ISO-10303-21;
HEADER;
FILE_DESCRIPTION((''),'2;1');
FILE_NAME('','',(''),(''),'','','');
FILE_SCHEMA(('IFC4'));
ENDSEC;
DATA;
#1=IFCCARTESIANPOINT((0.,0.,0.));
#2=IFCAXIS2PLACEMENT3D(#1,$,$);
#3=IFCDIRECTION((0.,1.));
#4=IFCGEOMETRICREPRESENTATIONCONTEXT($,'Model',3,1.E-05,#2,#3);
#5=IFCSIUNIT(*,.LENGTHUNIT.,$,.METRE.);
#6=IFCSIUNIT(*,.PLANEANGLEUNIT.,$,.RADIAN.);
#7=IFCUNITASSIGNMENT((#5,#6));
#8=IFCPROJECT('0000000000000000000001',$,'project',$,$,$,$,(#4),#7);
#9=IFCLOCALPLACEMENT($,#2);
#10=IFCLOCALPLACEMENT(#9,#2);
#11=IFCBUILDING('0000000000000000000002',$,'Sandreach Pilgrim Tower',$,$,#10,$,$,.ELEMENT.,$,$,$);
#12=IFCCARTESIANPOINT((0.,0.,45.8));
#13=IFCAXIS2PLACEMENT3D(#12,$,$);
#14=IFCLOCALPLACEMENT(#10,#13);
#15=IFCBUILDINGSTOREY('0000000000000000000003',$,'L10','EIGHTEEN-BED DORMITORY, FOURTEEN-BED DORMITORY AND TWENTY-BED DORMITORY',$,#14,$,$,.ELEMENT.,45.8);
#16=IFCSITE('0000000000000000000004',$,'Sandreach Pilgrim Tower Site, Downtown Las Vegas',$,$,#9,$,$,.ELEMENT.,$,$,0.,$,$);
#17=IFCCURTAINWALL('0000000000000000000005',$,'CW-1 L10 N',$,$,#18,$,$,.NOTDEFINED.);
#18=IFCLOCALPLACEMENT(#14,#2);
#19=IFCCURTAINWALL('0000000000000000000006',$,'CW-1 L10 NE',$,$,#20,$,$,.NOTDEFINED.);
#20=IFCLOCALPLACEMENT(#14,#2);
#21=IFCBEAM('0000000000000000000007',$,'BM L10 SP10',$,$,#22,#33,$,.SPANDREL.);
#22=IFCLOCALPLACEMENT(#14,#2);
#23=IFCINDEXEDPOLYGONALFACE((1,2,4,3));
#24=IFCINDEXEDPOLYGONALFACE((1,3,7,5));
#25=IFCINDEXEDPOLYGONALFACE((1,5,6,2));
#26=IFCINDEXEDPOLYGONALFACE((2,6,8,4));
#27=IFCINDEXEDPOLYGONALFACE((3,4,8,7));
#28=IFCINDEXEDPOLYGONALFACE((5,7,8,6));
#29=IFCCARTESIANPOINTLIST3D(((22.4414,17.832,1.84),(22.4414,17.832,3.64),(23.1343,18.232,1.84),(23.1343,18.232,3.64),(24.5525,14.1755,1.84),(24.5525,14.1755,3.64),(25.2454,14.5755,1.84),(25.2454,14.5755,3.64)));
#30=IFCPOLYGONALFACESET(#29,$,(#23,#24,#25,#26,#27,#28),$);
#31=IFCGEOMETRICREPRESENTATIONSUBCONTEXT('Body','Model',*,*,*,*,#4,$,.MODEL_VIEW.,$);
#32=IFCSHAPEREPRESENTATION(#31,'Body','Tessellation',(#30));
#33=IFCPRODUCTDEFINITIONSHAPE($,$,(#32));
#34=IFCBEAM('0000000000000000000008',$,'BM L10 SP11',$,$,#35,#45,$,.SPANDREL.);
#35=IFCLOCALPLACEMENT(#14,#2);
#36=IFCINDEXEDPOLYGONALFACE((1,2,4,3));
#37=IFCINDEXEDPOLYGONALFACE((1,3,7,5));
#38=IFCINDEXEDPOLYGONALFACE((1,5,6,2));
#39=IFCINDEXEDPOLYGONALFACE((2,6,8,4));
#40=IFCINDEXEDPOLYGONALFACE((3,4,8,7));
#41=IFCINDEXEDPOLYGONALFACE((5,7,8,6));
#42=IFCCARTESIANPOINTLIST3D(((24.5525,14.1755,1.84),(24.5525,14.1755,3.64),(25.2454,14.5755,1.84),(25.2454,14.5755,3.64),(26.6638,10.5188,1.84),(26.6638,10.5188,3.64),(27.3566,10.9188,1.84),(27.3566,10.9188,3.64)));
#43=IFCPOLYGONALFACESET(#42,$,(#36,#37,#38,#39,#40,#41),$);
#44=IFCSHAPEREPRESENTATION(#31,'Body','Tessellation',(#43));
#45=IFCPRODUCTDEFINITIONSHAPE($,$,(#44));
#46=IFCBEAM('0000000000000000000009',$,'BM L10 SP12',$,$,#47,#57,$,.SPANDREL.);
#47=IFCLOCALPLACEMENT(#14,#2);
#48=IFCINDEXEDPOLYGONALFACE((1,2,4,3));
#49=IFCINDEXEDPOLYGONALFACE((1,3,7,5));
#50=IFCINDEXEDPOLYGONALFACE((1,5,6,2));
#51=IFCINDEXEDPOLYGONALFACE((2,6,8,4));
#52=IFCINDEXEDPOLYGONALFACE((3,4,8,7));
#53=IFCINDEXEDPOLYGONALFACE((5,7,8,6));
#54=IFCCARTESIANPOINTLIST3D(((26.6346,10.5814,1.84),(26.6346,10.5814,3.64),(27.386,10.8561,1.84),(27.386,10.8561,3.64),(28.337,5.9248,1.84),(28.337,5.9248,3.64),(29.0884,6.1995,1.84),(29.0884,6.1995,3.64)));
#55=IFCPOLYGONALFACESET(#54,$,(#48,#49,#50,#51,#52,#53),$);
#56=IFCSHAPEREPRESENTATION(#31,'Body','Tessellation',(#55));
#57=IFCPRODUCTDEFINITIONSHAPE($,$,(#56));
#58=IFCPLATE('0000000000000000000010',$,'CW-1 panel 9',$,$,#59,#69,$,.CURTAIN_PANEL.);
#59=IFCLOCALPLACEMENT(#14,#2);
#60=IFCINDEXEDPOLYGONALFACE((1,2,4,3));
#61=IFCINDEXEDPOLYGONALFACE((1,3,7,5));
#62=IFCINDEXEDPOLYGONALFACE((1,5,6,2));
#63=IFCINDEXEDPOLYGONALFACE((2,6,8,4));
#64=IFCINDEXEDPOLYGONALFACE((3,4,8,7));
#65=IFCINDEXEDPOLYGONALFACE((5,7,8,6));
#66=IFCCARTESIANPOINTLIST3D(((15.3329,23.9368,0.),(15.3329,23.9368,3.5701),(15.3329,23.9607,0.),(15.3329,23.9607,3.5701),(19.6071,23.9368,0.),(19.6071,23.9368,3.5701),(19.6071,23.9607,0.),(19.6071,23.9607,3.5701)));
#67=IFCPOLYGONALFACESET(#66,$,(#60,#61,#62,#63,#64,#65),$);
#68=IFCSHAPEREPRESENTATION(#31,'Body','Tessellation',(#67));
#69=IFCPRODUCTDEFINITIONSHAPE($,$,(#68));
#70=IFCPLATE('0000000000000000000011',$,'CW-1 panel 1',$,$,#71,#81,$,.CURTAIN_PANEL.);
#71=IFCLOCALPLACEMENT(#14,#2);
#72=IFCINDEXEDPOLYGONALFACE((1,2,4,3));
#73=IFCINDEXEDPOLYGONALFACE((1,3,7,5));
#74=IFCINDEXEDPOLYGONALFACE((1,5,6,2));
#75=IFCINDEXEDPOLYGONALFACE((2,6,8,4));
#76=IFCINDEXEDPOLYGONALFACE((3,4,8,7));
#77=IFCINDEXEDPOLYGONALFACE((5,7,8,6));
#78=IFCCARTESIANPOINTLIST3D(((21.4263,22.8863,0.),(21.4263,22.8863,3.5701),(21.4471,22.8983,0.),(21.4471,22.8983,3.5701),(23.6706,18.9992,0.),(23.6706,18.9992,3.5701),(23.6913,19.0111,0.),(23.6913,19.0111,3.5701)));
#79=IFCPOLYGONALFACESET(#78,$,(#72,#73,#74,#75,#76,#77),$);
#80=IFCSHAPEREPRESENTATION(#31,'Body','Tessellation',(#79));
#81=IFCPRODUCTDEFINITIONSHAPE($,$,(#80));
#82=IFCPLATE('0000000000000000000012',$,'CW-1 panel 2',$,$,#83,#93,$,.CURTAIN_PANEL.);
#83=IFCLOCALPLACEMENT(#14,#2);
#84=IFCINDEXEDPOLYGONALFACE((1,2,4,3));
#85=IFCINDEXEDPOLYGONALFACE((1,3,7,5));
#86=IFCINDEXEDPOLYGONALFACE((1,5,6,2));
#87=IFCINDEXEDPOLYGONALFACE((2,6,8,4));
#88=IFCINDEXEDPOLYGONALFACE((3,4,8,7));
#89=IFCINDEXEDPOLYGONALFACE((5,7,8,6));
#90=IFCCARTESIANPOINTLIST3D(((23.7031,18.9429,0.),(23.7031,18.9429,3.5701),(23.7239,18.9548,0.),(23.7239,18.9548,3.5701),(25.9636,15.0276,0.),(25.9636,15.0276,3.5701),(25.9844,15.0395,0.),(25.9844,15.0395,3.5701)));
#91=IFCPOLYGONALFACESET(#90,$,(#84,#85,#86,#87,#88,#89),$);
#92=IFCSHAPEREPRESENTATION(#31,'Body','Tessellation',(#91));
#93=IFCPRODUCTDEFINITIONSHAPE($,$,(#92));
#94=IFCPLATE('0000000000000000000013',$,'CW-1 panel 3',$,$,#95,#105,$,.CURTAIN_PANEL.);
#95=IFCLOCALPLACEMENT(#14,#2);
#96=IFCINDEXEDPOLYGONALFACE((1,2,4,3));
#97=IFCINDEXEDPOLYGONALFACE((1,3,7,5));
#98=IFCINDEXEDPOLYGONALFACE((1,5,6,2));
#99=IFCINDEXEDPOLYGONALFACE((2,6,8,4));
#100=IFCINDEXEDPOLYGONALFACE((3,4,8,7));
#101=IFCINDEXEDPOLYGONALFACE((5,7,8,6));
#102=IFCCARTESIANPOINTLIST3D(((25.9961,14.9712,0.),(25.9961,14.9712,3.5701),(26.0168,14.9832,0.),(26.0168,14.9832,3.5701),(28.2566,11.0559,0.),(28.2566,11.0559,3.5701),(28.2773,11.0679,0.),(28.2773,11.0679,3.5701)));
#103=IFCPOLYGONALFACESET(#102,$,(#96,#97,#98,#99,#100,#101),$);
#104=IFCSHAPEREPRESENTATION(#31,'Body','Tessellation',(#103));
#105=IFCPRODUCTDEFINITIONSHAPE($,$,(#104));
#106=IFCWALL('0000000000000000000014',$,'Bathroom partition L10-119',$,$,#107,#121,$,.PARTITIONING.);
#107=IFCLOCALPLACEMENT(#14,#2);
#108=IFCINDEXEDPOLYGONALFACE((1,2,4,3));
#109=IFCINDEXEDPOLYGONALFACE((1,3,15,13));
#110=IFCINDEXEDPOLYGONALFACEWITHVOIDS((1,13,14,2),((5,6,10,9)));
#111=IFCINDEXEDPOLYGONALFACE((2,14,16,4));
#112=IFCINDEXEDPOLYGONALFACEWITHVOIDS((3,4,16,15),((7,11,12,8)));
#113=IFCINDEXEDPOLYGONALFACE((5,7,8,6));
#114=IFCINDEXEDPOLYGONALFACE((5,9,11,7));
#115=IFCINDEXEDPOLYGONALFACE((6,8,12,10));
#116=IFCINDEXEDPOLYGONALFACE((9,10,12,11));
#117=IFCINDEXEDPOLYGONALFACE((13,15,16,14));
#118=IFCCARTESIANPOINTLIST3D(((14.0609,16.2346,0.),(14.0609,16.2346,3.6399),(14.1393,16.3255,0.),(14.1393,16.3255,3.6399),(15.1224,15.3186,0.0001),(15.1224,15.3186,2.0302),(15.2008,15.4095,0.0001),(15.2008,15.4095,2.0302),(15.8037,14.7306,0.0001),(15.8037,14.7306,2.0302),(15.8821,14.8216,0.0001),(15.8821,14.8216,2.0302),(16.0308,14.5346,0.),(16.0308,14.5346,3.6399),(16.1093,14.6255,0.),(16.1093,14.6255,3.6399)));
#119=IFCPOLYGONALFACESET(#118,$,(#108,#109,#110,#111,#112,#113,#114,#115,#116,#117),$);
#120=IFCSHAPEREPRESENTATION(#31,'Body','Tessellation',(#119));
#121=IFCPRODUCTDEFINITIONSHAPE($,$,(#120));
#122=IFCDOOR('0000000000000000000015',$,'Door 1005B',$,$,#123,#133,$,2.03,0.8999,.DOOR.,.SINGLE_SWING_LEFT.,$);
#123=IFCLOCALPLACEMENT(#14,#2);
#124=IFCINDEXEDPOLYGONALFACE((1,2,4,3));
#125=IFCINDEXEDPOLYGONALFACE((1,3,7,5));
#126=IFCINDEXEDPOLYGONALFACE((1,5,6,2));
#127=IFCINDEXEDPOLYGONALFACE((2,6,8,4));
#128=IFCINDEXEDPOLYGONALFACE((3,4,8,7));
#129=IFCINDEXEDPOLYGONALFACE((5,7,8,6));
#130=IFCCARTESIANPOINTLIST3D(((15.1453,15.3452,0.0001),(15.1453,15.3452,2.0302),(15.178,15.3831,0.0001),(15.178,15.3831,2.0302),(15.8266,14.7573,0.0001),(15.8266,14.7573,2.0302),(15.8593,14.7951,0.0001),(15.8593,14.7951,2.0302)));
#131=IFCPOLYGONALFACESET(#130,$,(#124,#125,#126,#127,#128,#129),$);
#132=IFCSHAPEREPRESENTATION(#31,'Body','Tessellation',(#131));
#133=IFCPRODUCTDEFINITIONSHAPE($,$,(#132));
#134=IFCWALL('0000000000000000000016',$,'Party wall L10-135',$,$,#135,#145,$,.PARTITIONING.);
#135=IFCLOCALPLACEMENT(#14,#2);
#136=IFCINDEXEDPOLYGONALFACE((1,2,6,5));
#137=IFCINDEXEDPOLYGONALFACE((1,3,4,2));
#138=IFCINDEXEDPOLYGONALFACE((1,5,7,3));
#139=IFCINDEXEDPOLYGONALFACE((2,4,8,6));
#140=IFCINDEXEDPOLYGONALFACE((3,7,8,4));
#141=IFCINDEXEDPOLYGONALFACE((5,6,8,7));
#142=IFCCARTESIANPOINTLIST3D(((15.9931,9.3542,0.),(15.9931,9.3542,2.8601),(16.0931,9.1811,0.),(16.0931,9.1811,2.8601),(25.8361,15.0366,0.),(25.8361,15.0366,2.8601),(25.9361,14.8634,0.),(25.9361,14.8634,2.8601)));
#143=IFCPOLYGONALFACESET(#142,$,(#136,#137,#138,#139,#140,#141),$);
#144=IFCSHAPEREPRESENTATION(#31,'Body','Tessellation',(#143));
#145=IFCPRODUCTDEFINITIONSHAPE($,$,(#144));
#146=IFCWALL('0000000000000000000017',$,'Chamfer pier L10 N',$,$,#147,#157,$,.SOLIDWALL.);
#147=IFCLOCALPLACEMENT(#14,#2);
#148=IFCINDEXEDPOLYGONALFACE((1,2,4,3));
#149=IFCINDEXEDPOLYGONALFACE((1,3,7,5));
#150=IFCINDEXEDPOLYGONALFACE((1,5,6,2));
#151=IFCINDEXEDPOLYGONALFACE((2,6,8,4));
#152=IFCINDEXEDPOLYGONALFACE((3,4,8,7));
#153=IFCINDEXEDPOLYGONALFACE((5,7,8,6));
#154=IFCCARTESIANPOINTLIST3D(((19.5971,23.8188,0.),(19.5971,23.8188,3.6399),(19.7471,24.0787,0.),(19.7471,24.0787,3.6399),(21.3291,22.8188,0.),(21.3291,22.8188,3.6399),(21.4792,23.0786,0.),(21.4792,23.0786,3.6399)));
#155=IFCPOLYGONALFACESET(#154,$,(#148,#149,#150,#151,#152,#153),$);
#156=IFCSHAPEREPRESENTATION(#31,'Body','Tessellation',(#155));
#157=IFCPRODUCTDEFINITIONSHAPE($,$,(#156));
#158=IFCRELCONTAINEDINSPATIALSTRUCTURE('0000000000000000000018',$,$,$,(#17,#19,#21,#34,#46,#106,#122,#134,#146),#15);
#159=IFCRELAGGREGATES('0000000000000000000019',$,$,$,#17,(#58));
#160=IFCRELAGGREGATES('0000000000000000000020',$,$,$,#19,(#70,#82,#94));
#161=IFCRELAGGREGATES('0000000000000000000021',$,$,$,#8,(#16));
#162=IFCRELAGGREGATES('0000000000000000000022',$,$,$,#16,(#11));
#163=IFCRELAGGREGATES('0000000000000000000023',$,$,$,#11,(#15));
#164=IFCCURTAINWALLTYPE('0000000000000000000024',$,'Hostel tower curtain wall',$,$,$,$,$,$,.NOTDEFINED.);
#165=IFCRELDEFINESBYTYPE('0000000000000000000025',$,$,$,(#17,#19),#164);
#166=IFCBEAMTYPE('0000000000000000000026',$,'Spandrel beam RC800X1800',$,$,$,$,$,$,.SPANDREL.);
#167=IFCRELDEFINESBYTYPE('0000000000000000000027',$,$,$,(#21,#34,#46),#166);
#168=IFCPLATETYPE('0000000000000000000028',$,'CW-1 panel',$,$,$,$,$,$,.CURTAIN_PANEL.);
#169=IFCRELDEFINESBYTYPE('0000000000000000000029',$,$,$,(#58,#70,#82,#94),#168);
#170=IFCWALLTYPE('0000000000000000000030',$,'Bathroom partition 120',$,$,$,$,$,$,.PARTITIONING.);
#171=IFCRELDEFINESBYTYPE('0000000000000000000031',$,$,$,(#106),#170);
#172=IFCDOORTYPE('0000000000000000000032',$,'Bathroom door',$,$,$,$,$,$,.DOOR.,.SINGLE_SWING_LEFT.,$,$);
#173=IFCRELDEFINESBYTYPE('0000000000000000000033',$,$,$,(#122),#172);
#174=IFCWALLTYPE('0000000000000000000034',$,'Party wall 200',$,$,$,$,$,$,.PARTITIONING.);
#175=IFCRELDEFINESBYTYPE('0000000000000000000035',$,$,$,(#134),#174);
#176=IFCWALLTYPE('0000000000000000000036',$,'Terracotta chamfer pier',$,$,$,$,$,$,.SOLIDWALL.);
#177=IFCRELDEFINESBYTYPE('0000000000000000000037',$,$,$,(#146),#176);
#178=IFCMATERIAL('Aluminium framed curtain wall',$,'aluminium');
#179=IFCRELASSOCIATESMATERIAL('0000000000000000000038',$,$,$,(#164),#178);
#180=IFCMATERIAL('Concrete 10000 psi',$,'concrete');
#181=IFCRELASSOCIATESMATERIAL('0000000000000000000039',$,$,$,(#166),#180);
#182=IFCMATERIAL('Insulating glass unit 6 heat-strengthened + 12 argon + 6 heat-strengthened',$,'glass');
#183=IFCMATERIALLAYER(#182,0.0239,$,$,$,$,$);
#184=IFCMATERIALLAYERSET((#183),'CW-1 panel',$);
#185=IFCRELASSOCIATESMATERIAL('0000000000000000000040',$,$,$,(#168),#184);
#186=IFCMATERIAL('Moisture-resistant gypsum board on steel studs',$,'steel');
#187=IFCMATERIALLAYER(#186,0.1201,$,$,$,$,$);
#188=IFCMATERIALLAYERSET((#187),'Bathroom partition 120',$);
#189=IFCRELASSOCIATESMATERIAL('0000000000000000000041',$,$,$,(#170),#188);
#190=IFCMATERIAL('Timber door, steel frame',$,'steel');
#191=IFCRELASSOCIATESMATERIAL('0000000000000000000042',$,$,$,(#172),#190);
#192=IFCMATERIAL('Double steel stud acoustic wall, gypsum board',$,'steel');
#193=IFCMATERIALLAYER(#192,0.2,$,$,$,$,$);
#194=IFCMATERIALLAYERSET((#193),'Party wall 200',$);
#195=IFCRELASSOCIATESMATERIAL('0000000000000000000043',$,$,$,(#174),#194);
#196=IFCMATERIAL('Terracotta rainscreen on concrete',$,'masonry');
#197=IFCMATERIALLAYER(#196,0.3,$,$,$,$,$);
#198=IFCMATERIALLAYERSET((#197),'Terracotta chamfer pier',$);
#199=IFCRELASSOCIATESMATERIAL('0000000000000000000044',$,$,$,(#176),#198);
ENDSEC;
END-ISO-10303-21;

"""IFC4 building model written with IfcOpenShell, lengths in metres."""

from ifc_helpers import new_model, si_unit, direction, frame, frame_2d, origin, origin_2d, place, context, subcontext, project, spatial, rectangle, extrude, material, layer, layer_set, material_profile, profile_set, type_object, element, fill, aggregate, save


model = new_model("IFC4")

# Units and contexts
model_context = context("Model", 3, precision=1e-05, world=origin(), true_north=direction((0.0, 1.0)))
body_context = subcontext(model_context, "Body", "Model", "MODEL_VIEW")
ifc_project = project(units=[si_unit("LENGTHUNIT", "METRE"), si_unit("PLANEANGLEUNIT", "RADIAN")], contexts=[model_context])

# Site, building, storey
site_placement = place(None, origin())
site = spatial("IfcSite", under=ifc_project, at=site_placement, Name="Sandreach Pilgrim Tower Site, Downtown Las Vegas", CompositionType="ELEMENT", RefElevation=0.0)
building_placement = place(site_placement, origin())
building = spatial("IfcBuilding", under=site, at=building_placement, Name="Sandreach Pilgrim Tower", CompositionType="ELEMENT")
storey_placement = place(building_placement, frame((0.0, 0.0, 45.8)))
storey = spatial("IfcBuildingStorey", under=building, at=storey_placement, Name="L10", Description="EIGHTEEN-BED DORMITORY, FOURTEEN-BED DORMITORY AND TWENTY-BED DORMITORY", CompositionType="ELEMENT", Elevation=45.8)

# Curtain wall
ifc_material_1 = material(Name="Aluminium framed curtain wall", Category="aluminium")
curtain_wall_type = type_object("IfcCurtainWallType", Name="Hostel tower curtain wall", PredefinedType="NOTDEFINED", material=ifc_material_1)
curtain_wall_1_placement = place(storey_placement, origin())
curtain_wall_1 = element("IfcCurtainWall", 1, at=curtain_wall_1_placement, inside=storey, type_object=curtain_wall_type, Name="CW-1 L10 N", PredefinedType="NOTDEFINED")

# Curtain wall
curtain_wall_2_placement = place(storey_placement, origin())
curtain_wall_2 = element("IfcCurtainWall", 2, at=curtain_wall_2_placement, inside=storey, type_object=curtain_wall_type, Name="CW-1 L10 NE", PredefinedType="NOTDEFINED")

# Beams
ifc_material_2 = material(Name="Concrete 10000 psi", Category="concrete")
ifc_material_profile_1 = material_profile(ifc_material_2, rectangle(XDim=0.8, YDim=1.8, at=origin_2d()), Name="RC800X1800")
ifc_profile_set_1 = profile_set([ifc_material_profile_1], Name="Concrete 10000 psi")
beam_type_1 = type_object("IfcBeamType", Name="Spandrel beam RC800X1800", PredefinedType="SPANDREL", material=ifc_profile_set_1)
beam_1_placement = place(storey_placement, frame((22.7878, 18.032, 2.74), z_axis=(0.500001, -0.866025, 0.0), x_axis=(0.866025, 0.500001, 0.0)))
element("IfcBeam", 3, at=beam_1_placement, inside=storey, type_object=beam_type_1, Name="BM L10 SP10", PredefinedType="SPANDREL", context=body_context, shape_type="SweptSolid", body=[
    extrude(rectangle(XDim=0.8, YDim=1.8, at=origin_2d()), origin(), (0.0, 0.0, 1.0), 4.2222),
])
beam_2_placement = place(storey_placement, frame((24.8989, 14.3755, 2.74), z_axis=(0.500019, -0.866014, 0.0), x_axis=(0.866014, 0.500019, 0.0)))
element("IfcBeam", 4, at=beam_2_placement, inside=storey, type_object=beam_type_1, Name="BM L10 SP11", PredefinedType="SPANDREL", context=body_context, shape_type="SweptSolid", body=[
    extrude(rectangle(XDim=0.8, YDim=1.8, at=origin_2d()), origin(), (0.0, 0.0, 1.0), 4.2224),
])
beam_3_placement = place(storey_placement, frame((27.0103, 10.7188, 2.74), z_axis=(0.343368, -0.939201, 0.0), x_axis=(0.939201, 0.343368, 0.0)))
element("IfcBeam", 5, at=beam_3_placement, inside=storey, type_object=beam_type_1, Name="BM L10 SP12", PredefinedType="SPANDREL", context=body_context, shape_type="SweptSolid", body=[
    extrude(rectangle(XDim=0.8, YDim=1.8, at=origin_2d()), origin(), (0.0, 0.0, 1.0), 4.958),
])

# Plates
ifc_material_3 = material(Name="Insulating glass unit 6 heat-strengthened + 12 argon + 6 heat-strengthened", Category="glass")
ifc_layer_1 = layer(ifc_material_3, 0.0239)
ifc_layer_set_1 = layer_set([ifc_layer_1], Name="CW-1 panel")
plate_type = type_object("IfcPlateType", Name="CW-1 panel", PredefinedType="CURTAIN_PANEL", material=ifc_layer_set_1)
plate_1_placement = place(storey_placement, frame((17.47, 23.9487, 0.0), z_axis=(0.0, 0.0, 1.0), x_axis=(1.0, 0.0, 0.0)))
plate_1 = element("IfcPlate", 6, at=plate_1_placement, type_object=plate_type, Name="CW-1 panel 9", PredefinedType="CURTAIN_PANEL", context=body_context, shape_type="SweptSolid", body=[
    extrude(rectangle(XDim=4.2742, YDim=0.0239, at=origin_2d()), origin(), (0.0, 0.0, 1.0), 3.5701),
])
aggregate(curtain_wall_1, [plate_1])
plate_2_placement = place(storey_placement, frame((22.5588, 20.9487, 0.0), z_axis=(0.0, 0.0, 1.0), x_axis=(0.5, -0.866025, 0.0)))
plate_2 = element("IfcPlate", 7, at=plate_2_placement, type_object=plate_type, Name="CW-1 panel 1", PredefinedType="CURTAIN_PANEL", context=body_context, shape_type="SweptSolid", body=[
    extrude(rectangle(XDim=4.4885, YDim=0.0239, at=origin_2d()), origin(), (0.0, 0.0, 1.0), 3.5701),
])
plate_3_placement = place(storey_placement, frame((24.8438, 16.9912, 0.0), z_axis=(0.0, 0.0, 1.0), x_axis=(0.5, -0.866025, 0.0)))
plate_3 = element("IfcPlate", 8, at=plate_3_placement, type_object=plate_type, Name="CW-1 panel 2", PredefinedType="CURTAIN_PANEL", context=body_context, shape_type="SweptSolid", body=[
    extrude(rectangle(XDim=4.521, YDim=0.0239, at=origin_2d()), origin(), (0.0, 0.0, 1.0), 3.5701),
])
plate_4_placement = place(storey_placement, frame((27.1367, 13.0195, 0.0), z_axis=(0.0, 0.0, 1.0), x_axis=(0.5, -0.866025, 0.0)))
plate_4 = element("IfcPlate", 9, at=plate_4_placement, type_object=plate_type, Name="CW-1 panel 3", PredefinedType="CURTAIN_PANEL", context=body_context, shape_type="SweptSolid", body=[
    extrude(rectangle(XDim=4.521, YDim=0.0239, at=origin_2d()), origin(), (0.0, 0.0, 1.0), 3.5701),
])
aggregate(curtain_wall_2, [plate_2, plate_3, plate_4])

# Wall, opening, door
ifc_material_4 = material(Name="Moisture-resistant gypsum board on steel studs", Category="steel")
ifc_layer_2 = layer(ifc_material_4, 0.1201)
ifc_layer_set_2 = layer_set([ifc_layer_2], Name="Bathroom partition 120")
wall_type_1 = type_object("IfcWallType", Name="Bathroom partition 120", PredefinedType="PARTITIONING", material=ifc_layer_set_2)
wall_1_placement = place(storey_placement, frame((16.0701, 14.5801, 0.0), z_axis=(0.0, 0.0, 1.0), x_axis=(-0.757087, 0.653314, 0.0)))
wall_1 = element("IfcWall", 10, at=wall_1_placement, inside=storey, type_object=wall_type_1, Name="Bathroom partition L10-119", PredefinedType="PARTITIONING", context=body_context, shape_type="SweptSolid", body=[
    extrude(rectangle(XDim=2.6021, YDim=0.1201, at=frame_2d((1.301, 0.0))), origin(), (0.0, 0.0, 1.0), 3.6399),
])
opening_placement = place(wall_1_placement, frame((0.3, 0.0, 0.0)))
opening = element("IfcOpeningElement", 11, at=opening_placement, cuts=wall_1, PredefinedType="OPENING", context=body_context, shape_type="SweptSolid", body=[
    extrude(rectangle(XDim=0.8999, YDim=2.03, at=frame_2d((0.45, 1.0151))), frame((0.0, 0.0601, 0.0), z_axis=(0.0, -1.0, 0.0), x_axis=(1.0, 0.0, 0.0)), (0.0, 0.0, 1.0), 0.1201),
])
ifc_material_5 = material(Name="Timber door, steel frame", Category="steel")
door_type = type_object("IfcDoorType", Name="Bathroom door", OperationType="SINGLE_SWING_LEFT", PredefinedType="DOOR", material=ifc_material_5)
door_placement = place(opening_placement, origin())
door = element("IfcDoor", 12, at=door_placement, inside=storey, type_object=door_type, Name="Door 1005B", OperationType="SINGLE_SWING_LEFT", OverallHeight=2.03, OverallWidth=0.8999, PredefinedType="DOOR", context=body_context, shape_type="SweptSolid", body=[
    extrude(rectangle(XDim=0.8999, YDim=2.03, at=frame_2d((0.45, 1.0151))), frame((0.0, 0.0249, 0.0), z_axis=(0.0, -1.0, 0.0), x_axis=(1.0, 0.0, 0.0)), (0.0, 0.0, 1.0), 0.05),
])
fill(opening, door)

# Walls
ifc_material_6 = material(Name="Double steel stud acoustic wall, gypsum board", Category="steel")
ifc_layer_3 = layer(ifc_material_6, 0.2)
ifc_layer_set_3 = layer_set([ifc_layer_3], Name="Party wall 200")
wall_type_2 = type_object("IfcWallType", Name="Party wall 200", PredefinedType="PARTITIONING", material=ifc_layer_set_3)
wall_2_placement = place(storey_placement, frame((25.886, 14.95, 0.0), z_axis=(0.0, 0.0, 1.0), x_axis=(-0.866044, -0.499967, 0.0)))
element("IfcWall", 13, at=wall_2_placement, inside=storey, type_object=wall_type_2, Name="Party wall L10-135", PredefinedType="PARTITIONING", context=body_context, shape_type="SweptSolid", body=[
    extrude(rectangle(XDim=11.3655, YDim=0.2, at=frame_2d((5.6826, 0.0))), origin(), (0.0, 0.0, 1.0), 2.8601),
])
ifc_material_7 = material(Name="Terracotta rainscreen on concrete", Category="masonry")
ifc_layer_4 = layer(ifc_material_7, 0.3)
ifc_layer_set_4 = layer_set([ifc_layer_4], Name="Terracotta chamfer pier")
wall_type_3 = type_object("IfcWallType", Name="Terracotta chamfer pier", PredefinedType="SOLIDWALL", material=ifc_layer_set_4)
wall_3_placement = place(storey_placement, frame((19.6721, 23.9487, 0.0), z_axis=(0.0, 0.0, 1.0), x_axis=(0.866011, -0.500025, 0.0)))
element("IfcWall", 14, at=wall_3_placement, inside=storey, type_object=wall_type_3, Name="Chamfer pier L10 N", PredefinedType="SOLIDWALL", context=body_context, shape_type="SweptSolid", body=[
    extrude(rectangle(XDim=2.0, YDim=0.3, at=frame_2d((1.0, 0.0))), origin(), (0.0, 0.0, 1.0), 3.6399),
])

save(model, "model.ifc")
